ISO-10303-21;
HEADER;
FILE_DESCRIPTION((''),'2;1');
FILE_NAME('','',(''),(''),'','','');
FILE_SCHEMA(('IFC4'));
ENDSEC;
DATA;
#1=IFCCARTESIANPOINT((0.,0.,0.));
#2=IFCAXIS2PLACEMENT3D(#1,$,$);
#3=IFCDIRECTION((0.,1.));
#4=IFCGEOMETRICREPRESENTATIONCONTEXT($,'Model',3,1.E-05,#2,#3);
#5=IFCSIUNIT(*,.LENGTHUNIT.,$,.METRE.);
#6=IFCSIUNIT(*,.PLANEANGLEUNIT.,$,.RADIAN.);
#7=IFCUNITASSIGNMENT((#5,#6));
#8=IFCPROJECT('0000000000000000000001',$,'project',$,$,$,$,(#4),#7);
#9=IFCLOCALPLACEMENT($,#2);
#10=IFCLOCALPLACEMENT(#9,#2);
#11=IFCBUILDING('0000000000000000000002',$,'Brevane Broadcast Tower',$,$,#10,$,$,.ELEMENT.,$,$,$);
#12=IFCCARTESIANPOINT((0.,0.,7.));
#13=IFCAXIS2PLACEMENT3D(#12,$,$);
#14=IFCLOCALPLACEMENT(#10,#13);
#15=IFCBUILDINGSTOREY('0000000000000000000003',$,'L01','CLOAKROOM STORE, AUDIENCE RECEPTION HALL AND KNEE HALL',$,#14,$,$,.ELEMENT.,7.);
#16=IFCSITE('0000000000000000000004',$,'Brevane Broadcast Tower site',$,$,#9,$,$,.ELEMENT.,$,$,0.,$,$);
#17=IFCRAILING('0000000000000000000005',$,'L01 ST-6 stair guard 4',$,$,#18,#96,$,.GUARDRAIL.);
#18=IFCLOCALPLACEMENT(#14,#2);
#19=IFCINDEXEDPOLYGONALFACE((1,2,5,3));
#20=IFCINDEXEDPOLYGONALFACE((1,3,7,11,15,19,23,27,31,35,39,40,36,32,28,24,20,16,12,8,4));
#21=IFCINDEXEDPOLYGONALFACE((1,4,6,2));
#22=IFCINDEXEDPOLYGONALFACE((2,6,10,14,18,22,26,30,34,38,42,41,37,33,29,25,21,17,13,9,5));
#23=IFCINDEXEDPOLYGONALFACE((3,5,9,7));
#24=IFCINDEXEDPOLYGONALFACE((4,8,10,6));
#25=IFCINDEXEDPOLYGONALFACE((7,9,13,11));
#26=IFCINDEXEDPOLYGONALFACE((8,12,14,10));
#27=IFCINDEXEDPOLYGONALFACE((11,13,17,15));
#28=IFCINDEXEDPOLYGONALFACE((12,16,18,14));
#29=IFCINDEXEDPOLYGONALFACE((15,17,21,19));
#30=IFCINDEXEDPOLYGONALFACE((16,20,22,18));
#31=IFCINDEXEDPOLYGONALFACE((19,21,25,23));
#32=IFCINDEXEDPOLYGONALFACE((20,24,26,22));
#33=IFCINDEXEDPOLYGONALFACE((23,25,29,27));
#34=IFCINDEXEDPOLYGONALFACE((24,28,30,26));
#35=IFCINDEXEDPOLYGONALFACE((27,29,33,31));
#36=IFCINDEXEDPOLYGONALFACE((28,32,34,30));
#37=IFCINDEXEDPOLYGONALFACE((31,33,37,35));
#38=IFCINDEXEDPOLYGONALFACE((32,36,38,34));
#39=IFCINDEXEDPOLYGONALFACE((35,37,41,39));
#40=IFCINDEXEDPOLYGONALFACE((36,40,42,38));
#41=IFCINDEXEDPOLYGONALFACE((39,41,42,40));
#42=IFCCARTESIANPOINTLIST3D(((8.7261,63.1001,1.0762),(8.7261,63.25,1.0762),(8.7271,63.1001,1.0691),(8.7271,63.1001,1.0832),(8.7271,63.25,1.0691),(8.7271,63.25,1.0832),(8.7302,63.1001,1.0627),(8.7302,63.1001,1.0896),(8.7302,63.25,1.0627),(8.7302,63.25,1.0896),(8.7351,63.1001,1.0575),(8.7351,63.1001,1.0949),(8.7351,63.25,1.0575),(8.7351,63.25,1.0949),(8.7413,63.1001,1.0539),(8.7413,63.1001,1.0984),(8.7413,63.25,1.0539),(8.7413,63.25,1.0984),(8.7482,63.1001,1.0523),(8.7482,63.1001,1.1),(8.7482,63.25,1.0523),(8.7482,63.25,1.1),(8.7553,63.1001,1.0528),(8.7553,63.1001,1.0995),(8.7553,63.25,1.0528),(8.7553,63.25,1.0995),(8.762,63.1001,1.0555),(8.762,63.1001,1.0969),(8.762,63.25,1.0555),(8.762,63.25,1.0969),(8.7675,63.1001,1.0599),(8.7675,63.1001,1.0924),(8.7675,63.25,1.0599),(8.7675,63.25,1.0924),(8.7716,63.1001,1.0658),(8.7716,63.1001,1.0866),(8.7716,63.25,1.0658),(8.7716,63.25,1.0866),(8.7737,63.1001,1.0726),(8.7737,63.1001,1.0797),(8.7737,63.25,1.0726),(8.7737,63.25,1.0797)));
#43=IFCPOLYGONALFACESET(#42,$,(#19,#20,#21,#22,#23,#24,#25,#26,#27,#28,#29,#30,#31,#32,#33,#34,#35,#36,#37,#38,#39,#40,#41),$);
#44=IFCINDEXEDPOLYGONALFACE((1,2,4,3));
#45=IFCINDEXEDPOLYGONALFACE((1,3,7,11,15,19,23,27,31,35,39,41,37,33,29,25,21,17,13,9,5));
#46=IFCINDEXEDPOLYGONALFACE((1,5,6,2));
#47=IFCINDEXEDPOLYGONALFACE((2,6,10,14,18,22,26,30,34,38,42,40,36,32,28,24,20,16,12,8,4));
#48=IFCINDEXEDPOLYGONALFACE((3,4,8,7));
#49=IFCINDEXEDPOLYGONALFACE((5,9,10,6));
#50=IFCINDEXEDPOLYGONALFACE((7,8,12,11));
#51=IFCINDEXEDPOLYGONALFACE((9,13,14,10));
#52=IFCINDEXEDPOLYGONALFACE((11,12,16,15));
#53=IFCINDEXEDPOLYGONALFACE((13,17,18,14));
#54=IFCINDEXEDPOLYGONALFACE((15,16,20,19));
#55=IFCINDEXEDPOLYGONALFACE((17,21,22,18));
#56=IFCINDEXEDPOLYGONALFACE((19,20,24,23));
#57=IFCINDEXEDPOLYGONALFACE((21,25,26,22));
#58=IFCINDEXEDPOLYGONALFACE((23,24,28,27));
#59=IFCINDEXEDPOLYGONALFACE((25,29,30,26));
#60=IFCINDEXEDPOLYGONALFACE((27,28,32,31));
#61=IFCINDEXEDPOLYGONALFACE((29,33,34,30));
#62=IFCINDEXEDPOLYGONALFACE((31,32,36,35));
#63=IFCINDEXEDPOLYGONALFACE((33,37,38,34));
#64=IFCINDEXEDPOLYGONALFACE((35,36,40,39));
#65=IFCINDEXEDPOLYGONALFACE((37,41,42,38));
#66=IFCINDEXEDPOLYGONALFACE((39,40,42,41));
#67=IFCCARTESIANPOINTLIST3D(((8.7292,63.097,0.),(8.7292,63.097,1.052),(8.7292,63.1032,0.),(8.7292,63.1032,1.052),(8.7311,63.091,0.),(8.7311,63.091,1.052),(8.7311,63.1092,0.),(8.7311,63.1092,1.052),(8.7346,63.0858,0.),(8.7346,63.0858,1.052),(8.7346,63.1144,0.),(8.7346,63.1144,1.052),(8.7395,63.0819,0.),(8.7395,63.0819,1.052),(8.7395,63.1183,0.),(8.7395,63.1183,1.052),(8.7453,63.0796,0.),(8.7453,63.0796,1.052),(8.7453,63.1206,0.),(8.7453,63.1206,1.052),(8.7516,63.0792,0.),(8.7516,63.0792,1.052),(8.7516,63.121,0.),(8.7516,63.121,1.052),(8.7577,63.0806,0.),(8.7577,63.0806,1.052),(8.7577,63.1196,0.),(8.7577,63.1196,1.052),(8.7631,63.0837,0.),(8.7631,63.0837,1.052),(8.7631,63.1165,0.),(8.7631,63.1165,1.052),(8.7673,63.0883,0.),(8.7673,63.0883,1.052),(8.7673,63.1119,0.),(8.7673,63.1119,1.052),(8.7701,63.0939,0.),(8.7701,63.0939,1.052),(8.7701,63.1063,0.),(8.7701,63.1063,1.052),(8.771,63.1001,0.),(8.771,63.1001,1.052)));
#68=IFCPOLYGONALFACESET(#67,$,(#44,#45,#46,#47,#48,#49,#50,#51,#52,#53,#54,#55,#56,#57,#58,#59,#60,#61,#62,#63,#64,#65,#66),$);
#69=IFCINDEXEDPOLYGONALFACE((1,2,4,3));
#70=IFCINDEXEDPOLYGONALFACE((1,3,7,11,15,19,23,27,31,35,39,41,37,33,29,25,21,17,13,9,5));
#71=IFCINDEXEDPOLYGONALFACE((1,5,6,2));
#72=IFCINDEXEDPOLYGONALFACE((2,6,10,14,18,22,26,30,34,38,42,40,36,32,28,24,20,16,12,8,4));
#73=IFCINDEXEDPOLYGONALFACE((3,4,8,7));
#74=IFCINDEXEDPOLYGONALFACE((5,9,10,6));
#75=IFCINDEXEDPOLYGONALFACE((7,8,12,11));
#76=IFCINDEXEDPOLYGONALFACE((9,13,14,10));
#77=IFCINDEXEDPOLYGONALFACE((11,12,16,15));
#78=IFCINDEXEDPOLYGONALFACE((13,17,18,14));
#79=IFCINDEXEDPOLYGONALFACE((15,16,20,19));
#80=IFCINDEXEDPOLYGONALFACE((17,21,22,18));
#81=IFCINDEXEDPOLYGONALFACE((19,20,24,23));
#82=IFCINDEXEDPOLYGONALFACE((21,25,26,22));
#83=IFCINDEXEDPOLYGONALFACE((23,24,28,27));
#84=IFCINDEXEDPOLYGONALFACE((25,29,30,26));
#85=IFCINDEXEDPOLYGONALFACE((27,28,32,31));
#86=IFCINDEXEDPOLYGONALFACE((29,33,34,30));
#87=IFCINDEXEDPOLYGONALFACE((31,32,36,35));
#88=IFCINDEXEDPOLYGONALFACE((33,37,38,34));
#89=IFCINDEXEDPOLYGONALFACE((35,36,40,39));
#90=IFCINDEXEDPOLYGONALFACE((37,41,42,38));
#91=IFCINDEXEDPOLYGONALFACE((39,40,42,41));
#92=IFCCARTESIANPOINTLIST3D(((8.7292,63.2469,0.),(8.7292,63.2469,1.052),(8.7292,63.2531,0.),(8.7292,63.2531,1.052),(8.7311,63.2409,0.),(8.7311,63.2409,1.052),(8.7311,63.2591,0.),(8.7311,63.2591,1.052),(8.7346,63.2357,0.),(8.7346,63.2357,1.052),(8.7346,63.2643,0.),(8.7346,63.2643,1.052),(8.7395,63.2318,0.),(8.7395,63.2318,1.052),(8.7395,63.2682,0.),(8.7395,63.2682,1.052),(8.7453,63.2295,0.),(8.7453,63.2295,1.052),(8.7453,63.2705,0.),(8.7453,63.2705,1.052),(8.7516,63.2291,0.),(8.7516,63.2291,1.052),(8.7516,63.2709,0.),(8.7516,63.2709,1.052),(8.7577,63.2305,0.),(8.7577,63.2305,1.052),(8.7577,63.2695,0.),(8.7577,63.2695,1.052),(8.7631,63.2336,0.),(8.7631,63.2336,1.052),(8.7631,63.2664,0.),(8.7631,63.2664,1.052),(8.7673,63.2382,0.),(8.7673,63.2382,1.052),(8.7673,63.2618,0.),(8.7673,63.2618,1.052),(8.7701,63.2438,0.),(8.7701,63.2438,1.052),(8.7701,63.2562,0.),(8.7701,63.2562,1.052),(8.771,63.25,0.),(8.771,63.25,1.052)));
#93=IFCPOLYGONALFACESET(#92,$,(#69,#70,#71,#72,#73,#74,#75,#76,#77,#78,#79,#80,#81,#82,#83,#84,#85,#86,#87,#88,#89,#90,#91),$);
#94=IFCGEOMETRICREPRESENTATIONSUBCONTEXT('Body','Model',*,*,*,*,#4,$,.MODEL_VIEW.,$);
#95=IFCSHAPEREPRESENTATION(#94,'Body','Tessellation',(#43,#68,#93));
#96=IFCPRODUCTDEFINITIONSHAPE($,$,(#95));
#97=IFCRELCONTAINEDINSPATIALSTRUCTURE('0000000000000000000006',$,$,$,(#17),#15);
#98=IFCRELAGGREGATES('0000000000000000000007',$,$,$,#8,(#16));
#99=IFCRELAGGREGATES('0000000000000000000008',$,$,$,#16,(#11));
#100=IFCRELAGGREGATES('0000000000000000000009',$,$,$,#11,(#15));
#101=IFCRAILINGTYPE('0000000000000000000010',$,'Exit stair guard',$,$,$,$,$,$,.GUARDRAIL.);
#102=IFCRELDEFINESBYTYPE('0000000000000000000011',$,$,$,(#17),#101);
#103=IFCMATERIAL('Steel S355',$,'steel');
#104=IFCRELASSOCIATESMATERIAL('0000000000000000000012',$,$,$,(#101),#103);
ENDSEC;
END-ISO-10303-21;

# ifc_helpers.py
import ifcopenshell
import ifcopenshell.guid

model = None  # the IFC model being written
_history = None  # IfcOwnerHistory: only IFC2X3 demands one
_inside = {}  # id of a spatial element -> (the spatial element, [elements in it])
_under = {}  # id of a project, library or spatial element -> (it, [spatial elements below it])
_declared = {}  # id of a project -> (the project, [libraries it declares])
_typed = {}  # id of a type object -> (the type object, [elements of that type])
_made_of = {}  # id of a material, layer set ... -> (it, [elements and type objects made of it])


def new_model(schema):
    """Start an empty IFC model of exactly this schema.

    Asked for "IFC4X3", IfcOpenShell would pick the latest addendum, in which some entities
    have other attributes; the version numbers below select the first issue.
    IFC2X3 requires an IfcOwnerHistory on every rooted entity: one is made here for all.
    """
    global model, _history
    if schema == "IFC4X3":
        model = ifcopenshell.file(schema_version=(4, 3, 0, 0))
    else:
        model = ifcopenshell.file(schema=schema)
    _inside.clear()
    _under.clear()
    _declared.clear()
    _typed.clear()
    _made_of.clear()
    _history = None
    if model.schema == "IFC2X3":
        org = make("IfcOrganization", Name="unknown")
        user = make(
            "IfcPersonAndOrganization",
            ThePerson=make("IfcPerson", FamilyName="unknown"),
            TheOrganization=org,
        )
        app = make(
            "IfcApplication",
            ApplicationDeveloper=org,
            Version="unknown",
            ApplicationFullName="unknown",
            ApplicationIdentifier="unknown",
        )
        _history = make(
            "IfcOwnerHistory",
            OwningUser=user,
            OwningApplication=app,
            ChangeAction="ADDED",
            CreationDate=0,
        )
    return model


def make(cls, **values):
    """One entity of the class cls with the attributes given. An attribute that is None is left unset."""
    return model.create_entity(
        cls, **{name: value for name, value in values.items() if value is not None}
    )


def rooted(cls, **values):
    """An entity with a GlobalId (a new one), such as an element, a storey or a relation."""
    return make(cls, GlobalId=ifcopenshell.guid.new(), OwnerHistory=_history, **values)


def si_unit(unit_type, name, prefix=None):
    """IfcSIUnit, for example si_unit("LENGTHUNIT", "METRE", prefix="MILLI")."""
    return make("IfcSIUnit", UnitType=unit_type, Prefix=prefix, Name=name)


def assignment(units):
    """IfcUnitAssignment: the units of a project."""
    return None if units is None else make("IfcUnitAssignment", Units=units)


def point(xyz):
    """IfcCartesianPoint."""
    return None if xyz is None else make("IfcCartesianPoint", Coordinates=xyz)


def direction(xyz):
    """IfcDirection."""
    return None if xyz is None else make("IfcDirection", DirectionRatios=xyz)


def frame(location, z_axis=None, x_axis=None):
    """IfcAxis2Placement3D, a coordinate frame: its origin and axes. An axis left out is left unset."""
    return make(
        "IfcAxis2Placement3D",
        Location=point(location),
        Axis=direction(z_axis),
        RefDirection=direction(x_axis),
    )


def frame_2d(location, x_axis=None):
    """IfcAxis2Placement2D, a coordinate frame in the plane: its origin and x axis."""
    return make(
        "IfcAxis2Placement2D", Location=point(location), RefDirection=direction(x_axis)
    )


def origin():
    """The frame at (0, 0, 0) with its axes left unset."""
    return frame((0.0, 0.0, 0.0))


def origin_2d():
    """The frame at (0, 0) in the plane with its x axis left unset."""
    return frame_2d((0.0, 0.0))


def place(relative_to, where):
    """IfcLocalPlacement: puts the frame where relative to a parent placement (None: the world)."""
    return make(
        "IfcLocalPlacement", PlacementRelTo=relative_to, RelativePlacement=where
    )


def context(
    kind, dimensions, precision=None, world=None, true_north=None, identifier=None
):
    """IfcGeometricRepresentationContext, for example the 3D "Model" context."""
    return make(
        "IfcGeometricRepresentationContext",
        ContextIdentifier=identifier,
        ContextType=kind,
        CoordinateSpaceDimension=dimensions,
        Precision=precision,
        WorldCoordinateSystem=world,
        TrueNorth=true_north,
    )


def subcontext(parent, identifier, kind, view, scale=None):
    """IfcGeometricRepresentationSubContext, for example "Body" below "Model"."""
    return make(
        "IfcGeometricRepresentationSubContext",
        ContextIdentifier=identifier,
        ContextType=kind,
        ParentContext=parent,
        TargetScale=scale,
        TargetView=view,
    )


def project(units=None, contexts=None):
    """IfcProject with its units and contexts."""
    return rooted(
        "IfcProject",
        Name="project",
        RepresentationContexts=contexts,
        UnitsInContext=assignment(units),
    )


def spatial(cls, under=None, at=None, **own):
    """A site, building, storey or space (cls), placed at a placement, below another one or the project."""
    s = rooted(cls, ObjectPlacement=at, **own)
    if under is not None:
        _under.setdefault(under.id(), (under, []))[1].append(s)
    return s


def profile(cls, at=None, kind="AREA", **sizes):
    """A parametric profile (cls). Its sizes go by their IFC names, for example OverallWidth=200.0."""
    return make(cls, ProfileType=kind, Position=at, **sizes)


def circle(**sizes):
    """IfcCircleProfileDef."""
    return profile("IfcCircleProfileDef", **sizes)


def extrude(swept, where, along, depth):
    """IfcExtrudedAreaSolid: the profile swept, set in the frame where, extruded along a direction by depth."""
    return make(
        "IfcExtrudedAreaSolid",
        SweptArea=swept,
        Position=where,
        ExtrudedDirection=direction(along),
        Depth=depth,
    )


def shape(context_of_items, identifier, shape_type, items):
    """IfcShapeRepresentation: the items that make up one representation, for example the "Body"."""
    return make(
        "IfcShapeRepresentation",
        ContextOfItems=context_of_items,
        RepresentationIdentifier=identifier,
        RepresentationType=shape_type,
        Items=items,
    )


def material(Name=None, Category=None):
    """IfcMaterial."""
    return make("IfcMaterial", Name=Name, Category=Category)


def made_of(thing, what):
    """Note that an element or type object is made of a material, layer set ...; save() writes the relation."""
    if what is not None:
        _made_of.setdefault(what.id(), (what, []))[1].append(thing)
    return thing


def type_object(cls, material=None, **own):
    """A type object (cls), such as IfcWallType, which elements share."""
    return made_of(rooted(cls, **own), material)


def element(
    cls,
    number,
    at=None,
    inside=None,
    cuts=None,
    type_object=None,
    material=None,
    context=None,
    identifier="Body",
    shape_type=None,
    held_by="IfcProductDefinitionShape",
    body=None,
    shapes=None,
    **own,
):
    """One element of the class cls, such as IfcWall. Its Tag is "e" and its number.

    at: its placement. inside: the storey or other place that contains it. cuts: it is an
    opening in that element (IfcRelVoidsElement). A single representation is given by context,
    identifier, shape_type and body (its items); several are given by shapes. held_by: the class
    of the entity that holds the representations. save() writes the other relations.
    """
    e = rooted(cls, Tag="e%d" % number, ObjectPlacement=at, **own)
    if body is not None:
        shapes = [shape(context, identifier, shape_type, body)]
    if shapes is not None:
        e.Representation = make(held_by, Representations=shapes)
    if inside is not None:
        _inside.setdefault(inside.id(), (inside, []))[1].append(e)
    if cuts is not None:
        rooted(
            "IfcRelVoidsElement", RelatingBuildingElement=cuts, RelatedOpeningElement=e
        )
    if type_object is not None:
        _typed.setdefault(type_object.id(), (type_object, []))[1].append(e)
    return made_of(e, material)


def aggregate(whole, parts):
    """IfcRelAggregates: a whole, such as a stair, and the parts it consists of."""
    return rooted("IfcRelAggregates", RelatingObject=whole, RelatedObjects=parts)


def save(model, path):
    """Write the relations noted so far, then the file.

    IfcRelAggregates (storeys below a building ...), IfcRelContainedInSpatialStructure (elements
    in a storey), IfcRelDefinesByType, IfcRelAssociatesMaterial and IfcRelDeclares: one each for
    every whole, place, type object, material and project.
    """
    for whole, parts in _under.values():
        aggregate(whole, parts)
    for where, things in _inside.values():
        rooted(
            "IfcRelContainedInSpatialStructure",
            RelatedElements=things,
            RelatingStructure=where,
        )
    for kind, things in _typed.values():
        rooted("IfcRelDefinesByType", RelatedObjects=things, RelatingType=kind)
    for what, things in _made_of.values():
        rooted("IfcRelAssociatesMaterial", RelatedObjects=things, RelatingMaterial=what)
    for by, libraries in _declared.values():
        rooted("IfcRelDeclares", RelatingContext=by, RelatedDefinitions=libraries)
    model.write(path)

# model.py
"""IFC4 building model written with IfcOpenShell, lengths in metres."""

from ifc_helpers import new_model, si_unit, direction, frame, origin, origin_2d, place, context, subcontext, project, spatial, circle, extrude, material, type_object, element, save


model = new_model("IFC4")

# Units and contexts
model_context = context("Model", 3, precision=1e-05, world=origin(), true_north=direction((0.0, 1.0)))
body_context = subcontext(model_context, "Body", "Model", "MODEL_VIEW")
ifc_project = project(units=[si_unit("LENGTHUNIT", "METRE"), si_unit("PLANEANGLEUNIT", "RADIAN")], contexts=[model_context])

# Site, building, storey
site_placement = place(None, origin())
site = spatial("IfcSite", under=ifc_project, at=site_placement, Name="Brevane Broadcast Tower site", CompositionType="ELEMENT", RefElevation=0.0)
building_placement = place(site_placement, origin())
building = spatial("IfcBuilding", under=site, at=building_placement, Name="Brevane Broadcast Tower", CompositionType="ELEMENT")
storey_placement = place(building_placement, frame((0.0, 0.0, 7.0)))
storey = spatial("IfcBuildingStorey", under=building, at=storey_placement, Name="L01", Description="CLOAKROOM STORE, AUDIENCE RECEPTION HALL AND KNEE HALL", CompositionType="ELEMENT", Elevation=7.0)

# Railing
ifc_material_1 = material(Name="Steel S355", Category="steel")
railing_type_1 = type_object("IfcRailingType", Name="Exit stair guard", PredefinedType="GUARDRAIL", material=ifc_material_1)
railing_1_placement = place(storey_placement, frame((8.75, 63.1001, 0.0)))
element("IfcRailing", 1, at=railing_1_placement, inside=storey, type_object=railing_type_1, Name="L01 ST-6 stair guard 4", PredefinedType="GUARDRAIL", context=body_context, shape_type="SweptSolid", body=[
    extrude(circle(Radius=0.0239, at=origin_2d()), frame((0.0, 0.0, 1.0762), z_axis=(0.0, 1.0, 0.0), x_axis=(-1.0, 0.0, 0.0)), (0.0, 0.0, 1.0), 0.1499),
    extrude(circle(Radius=0.021, at=origin_2d()), origin(), (0.0, 0.0, 1.0), 1.052),
    extrude(circle(Radius=0.021, at=origin_2d()), frame((0.0, 0.1499, 0.0)), (0.0, 0.0, 1.0), 1.052),
])

save(model, "model.ifc")
